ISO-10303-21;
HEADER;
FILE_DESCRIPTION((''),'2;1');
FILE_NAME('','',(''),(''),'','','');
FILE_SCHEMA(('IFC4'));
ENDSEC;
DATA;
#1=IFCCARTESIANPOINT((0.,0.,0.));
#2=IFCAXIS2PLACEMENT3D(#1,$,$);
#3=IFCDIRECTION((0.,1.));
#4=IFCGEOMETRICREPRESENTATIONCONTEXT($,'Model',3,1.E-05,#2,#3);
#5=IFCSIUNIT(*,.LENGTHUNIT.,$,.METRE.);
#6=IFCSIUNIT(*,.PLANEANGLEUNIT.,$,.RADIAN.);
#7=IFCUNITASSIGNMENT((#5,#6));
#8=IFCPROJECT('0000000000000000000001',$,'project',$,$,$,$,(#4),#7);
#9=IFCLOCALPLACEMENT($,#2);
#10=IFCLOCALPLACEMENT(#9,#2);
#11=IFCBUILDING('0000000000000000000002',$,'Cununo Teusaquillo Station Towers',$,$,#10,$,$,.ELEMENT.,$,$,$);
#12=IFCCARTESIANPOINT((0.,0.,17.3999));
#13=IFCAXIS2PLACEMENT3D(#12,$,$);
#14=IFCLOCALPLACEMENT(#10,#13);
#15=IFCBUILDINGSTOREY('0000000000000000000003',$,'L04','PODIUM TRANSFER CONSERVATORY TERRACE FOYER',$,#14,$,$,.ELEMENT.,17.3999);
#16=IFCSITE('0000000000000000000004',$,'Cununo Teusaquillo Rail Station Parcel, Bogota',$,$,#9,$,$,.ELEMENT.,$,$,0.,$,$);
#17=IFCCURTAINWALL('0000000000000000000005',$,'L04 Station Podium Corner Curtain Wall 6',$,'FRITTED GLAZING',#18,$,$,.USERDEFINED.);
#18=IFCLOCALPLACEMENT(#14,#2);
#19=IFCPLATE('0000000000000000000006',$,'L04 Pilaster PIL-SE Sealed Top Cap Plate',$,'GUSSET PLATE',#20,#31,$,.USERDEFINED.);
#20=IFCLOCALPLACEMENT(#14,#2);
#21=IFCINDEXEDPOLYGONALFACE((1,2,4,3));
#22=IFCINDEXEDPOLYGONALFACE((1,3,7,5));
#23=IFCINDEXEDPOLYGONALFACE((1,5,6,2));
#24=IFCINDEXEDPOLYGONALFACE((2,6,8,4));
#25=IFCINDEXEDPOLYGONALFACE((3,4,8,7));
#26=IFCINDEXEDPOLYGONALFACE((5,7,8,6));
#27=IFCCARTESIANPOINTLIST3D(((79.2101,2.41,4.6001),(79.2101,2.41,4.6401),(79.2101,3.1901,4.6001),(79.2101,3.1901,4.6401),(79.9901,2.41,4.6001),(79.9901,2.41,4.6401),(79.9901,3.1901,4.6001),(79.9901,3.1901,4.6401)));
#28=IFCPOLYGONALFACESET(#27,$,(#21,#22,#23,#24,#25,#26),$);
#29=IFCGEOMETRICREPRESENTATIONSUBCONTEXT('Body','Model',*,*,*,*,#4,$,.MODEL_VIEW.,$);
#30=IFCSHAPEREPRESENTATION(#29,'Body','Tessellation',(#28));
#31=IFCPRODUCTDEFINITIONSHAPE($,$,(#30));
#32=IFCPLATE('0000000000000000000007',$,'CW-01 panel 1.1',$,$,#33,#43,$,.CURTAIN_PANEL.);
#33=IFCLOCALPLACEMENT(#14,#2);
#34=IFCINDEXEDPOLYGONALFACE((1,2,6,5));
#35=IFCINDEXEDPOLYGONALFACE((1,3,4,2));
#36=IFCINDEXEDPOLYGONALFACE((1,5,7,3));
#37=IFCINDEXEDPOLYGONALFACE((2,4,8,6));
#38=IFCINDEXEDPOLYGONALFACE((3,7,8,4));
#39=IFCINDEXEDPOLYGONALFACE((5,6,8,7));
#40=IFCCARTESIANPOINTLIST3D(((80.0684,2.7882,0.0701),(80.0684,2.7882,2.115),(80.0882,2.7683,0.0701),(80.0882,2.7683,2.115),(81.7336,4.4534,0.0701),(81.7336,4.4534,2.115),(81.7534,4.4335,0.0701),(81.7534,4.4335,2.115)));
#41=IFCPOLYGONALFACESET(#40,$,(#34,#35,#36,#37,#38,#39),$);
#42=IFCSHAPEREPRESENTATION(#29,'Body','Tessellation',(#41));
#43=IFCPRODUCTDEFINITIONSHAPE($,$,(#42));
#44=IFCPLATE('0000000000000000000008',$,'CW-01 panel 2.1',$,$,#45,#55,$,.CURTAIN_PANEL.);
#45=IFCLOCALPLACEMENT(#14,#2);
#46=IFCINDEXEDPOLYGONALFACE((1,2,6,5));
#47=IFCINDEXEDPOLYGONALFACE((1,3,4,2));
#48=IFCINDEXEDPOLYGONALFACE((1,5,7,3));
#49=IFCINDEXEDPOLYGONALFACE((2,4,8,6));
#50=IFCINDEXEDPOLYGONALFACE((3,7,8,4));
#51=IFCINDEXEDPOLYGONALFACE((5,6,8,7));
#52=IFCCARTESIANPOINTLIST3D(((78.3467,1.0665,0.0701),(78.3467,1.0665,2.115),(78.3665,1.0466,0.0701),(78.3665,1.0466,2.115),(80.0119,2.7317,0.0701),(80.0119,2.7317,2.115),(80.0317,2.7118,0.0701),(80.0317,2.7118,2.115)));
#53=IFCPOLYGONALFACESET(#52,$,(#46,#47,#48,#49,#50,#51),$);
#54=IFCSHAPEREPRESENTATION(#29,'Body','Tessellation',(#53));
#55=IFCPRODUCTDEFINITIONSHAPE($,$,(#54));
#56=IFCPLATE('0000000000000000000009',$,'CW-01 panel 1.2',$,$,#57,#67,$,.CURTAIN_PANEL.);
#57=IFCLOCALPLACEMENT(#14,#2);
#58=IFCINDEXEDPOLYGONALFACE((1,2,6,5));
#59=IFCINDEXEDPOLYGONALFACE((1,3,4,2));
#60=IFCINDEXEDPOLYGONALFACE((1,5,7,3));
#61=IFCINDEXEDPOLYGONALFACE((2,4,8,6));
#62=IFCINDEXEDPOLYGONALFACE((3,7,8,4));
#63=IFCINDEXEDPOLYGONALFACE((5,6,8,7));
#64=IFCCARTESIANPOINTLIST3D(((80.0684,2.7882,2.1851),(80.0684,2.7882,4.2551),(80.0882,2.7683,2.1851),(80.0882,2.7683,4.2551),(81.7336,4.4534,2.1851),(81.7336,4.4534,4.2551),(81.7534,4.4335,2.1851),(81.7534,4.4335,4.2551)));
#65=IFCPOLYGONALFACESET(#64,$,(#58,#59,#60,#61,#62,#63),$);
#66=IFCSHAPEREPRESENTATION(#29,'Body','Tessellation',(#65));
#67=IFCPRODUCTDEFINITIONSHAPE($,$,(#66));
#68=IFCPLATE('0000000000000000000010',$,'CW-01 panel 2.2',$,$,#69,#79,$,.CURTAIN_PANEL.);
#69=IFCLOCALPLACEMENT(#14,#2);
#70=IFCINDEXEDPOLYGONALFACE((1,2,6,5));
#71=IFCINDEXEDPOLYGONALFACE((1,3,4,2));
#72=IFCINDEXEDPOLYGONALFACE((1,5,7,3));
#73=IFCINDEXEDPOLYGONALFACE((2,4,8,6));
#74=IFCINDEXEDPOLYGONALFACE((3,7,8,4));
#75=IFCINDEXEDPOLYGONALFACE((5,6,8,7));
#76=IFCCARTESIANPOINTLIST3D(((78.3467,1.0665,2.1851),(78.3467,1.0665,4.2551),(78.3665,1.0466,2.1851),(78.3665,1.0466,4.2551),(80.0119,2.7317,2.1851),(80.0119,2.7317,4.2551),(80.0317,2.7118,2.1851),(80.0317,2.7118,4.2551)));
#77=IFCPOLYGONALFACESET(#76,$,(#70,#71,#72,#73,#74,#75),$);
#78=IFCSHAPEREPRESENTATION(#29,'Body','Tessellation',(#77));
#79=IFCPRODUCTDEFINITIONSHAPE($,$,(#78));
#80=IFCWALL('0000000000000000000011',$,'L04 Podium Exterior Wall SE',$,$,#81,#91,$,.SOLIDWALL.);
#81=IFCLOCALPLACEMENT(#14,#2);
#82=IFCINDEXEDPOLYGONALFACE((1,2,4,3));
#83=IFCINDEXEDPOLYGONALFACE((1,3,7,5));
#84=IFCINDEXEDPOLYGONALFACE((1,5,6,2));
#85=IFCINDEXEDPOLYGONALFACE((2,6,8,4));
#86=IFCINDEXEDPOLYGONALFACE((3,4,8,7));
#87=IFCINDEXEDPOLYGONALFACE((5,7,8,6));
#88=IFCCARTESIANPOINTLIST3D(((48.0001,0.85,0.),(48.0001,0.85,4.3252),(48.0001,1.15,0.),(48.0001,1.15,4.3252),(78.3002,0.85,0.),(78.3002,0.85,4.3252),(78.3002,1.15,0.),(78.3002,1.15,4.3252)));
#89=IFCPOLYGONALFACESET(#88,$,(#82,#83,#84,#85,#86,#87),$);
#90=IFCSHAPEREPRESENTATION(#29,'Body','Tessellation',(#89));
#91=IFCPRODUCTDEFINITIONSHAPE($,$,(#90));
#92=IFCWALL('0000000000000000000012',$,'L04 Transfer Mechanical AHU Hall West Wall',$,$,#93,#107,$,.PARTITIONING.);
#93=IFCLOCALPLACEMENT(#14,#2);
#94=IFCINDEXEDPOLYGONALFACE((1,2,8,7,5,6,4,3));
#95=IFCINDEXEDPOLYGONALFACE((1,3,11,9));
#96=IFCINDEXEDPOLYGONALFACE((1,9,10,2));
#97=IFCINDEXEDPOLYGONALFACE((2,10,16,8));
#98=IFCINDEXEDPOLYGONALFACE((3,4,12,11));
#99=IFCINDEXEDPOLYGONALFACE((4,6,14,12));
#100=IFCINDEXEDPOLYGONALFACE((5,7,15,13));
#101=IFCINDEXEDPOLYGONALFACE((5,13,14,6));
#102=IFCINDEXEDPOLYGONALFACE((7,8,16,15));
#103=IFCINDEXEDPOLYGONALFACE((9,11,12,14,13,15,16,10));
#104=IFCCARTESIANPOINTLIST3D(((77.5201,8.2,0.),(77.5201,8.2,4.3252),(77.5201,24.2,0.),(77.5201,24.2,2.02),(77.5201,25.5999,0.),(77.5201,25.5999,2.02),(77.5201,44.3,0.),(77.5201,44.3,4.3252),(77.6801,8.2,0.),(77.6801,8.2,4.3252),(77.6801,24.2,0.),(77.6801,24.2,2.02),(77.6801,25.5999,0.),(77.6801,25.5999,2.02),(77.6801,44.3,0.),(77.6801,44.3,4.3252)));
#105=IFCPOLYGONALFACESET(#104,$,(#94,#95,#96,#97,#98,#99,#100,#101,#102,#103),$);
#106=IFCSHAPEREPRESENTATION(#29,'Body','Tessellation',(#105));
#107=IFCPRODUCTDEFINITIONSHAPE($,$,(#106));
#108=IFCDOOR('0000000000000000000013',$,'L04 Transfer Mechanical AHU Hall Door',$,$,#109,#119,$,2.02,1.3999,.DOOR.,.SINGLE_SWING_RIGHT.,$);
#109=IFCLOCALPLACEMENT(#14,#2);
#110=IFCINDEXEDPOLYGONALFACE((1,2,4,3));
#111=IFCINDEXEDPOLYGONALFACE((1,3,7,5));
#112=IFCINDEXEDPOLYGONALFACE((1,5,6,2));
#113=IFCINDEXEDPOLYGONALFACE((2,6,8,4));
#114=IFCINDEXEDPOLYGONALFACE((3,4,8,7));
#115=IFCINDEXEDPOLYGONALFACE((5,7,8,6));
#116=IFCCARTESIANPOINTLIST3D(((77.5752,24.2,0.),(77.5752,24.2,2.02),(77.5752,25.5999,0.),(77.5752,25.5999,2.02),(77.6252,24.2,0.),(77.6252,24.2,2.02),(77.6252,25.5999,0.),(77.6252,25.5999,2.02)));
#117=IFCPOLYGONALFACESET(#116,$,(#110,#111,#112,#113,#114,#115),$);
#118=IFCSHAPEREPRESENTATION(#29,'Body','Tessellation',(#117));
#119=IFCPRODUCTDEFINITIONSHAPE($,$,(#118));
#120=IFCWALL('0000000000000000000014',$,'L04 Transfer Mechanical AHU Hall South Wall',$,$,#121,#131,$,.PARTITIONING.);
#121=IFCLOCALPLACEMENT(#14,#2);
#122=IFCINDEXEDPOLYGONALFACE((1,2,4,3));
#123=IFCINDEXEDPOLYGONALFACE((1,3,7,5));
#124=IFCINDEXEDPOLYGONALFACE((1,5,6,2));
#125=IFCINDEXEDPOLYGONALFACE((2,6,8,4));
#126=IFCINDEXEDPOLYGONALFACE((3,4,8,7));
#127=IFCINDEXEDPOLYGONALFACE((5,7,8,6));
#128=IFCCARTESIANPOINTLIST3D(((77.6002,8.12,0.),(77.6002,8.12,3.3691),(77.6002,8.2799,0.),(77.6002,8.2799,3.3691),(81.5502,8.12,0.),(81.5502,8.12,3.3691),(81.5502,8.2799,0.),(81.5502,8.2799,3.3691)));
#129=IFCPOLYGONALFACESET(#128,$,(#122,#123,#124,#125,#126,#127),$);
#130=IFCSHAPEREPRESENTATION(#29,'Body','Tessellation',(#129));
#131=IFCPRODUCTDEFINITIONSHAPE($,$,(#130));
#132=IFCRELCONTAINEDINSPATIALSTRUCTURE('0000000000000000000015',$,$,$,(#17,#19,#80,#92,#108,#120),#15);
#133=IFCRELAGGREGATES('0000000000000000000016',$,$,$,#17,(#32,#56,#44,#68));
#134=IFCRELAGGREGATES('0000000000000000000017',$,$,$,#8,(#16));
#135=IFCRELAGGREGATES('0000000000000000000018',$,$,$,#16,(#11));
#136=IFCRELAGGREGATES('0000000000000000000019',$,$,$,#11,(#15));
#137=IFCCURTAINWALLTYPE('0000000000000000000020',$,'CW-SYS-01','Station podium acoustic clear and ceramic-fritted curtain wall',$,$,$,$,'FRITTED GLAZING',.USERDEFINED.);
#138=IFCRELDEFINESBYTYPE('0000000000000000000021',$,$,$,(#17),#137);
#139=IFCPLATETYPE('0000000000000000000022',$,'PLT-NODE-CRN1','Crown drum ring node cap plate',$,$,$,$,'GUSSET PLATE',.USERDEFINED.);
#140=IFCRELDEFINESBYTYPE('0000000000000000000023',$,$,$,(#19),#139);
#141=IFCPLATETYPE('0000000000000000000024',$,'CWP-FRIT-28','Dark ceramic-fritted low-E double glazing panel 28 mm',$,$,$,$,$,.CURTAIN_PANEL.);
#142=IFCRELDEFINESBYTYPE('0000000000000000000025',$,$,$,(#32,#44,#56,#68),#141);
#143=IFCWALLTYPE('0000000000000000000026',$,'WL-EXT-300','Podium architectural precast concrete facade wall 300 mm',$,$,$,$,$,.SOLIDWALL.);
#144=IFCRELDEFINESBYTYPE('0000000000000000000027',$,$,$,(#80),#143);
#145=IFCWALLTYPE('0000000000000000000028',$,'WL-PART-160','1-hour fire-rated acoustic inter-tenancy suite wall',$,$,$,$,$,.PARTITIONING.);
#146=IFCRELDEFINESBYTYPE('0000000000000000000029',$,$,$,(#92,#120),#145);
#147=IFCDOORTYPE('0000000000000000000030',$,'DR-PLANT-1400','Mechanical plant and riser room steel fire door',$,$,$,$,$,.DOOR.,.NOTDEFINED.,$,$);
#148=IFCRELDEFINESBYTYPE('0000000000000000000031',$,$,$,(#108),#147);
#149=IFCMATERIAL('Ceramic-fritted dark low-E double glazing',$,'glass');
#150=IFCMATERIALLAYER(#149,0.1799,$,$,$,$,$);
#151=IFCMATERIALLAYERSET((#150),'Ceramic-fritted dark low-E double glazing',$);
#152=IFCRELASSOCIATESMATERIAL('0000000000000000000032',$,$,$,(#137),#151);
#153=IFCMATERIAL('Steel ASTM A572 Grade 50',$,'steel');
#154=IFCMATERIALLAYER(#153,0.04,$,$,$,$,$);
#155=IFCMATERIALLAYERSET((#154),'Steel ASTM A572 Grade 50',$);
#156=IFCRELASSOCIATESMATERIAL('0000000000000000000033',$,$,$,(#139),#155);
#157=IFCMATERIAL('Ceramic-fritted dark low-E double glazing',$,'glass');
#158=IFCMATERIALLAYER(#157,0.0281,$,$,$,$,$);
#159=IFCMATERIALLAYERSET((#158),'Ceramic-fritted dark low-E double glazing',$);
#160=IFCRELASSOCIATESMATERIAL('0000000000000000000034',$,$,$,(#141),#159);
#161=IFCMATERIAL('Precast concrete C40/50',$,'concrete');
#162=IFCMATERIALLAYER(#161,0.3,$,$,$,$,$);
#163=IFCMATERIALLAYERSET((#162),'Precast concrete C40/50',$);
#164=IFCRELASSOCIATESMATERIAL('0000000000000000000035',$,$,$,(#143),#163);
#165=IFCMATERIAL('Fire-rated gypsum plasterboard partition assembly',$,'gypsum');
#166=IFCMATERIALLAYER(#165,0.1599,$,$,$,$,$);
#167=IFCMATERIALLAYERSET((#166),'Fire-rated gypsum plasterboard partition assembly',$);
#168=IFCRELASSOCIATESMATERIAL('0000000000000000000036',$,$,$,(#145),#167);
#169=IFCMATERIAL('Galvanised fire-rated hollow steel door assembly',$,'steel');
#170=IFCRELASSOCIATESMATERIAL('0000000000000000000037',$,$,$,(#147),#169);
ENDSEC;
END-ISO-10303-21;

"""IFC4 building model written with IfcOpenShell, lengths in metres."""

from ifc_helpers import new_model, si_unit, direction, frame, frame_2d, origin, origin_2d, place, context, subcontext, project, spatial, rectangle, extrude, source, transform, mapped, material, layer, layer_set, type_object, element, fill, aggregate, save


model = new_model("IFC4")

# Units and contexts
model_context = context("Model", 3, precision=1e-05, world=origin(), true_north=direction((0.0, 1.0)))
body_context = subcontext(model_context, "Body", "Model", "MODEL_VIEW")
ifc_project = project(units=[si_unit("LENGTHUNIT", "METRE"), si_unit("PLANEANGLEUNIT", "RADIAN")], contexts=[model_context])

# Site, building, storey
site_placement = place(None, origin())
site = spatial("IfcSite", under=ifc_project, at=site_placement, Name="Cununo Teusaquillo Rail Station Parcel, Bogota", CompositionType="ELEMENT", RefElevation=0.0)
building_placement = place(site_placement, origin())
building = spatial("IfcBuilding", under=site, at=building_placement, Name="Cununo Teusaquillo Station Towers", CompositionType="ELEMENT")
storey_placement = place(building_placement, frame((0.0, 0.0, 17.3999)))
storey = spatial("IfcBuildingStorey", under=building, at=storey_placement, Name="L04", Description="PODIUM TRANSFER CONSERVATORY TERRACE FOYER", CompositionType="ELEMENT", Elevation=17.3999)

# Curtain wall
ifc_material_1 = material(Name="Ceramic-fritted dark low-E double glazing", Category="glass")
ifc_layer_1 = layer(ifc_material_1, 0.1799)
ifc_layer_set_1 = layer_set([ifc_layer_1], Name="Ceramic-fritted dark low-E double glazing")
curtain_wall_type = type_object("IfcCurtainWallType", Name="CW-SYS-01", Description="Station podium acoustic clear and ceramic-fritted curtain wall", ElementType="FRITTED GLAZING", PredefinedType="USERDEFINED", material=ifc_layer_set_1)
curtain_wall_placement = place(storey_placement, origin())
curtain_wall = element("IfcCurtainWall", 1, at=curtain_wall_placement, inside=storey, type_object=curtain_wall_type, Name="L04 Station Podium Corner Curtain Wall 6", ObjectType="FRITTED GLAZING", PredefinedType="USERDEFINED")

# Plate
ifc_material_2 = material(Name="Steel ASTM A572 Grade 50", Category="steel")
ifc_layer_2 = layer(ifc_material_2, 0.04)
ifc_layer_set_2 = layer_set([ifc_layer_2], Name="Steel ASTM A572 Grade 50")
plate_type_1 = type_object("IfcPlateType", Name="PLT-NODE-CRN1", Description="Crown drum ring node cap plate", ElementType="GUSSET PLATE", PredefinedType="USERDEFINED", material=ifc_layer_set_2)
shared_shape_1 = source(origin(), body_context, "Body", "SweptSolid", [
    extrude(rectangle(XDim=0.78, YDim=0.78, at=origin_2d()), origin(), (0.0, 0.0, 1.0), 0.04),
])
plate_1_placement = place(storey_placement, frame((79.6001, 2.8, 4.6001), z_axis=(0.0, 0.0, 1.0), x_axis=(1.0, 0.0, 0.0)))
element("IfcPlate", 2, at=plate_1_placement, inside=storey, type_object=plate_type_1, Name="L04 Pilaster PIL-SE Sealed Top Cap Plate", ObjectType="GUSSET PLATE", PredefinedType="USERDEFINED", context=body_context, shape_type="MappedRepresentation", body=[
    mapped(shared_shape_1, transform((0.0, 0.0, 0.0), x_axis=(1.0, 0.0, 0.0), y_axis=(0.0, 1.0, 0.0), z_axis=(0.0, 0.0, 1.0), scale=1.0)),
])

# Plates
ifc_material_3 = material(Name="Ceramic-fritted dark low-E double glazing", Category="glass")
ifc_layer_3 = layer(ifc_material_3, 0.0281)
ifc_layer_set_3 = layer_set([ifc_layer_3], Name="Ceramic-fritted dark low-E double glazing")
plate_type_2 = type_object("IfcPlateType", Name="CWP-FRIT-28", Description="Dark ceramic-fritted low-E double glazing panel 28 mm", PredefinedType="CURTAIN_PANEL", material=ifc_layer_set_3)
shared_shape_2 = source(origin(), body_context, "Body", "SweptSolid", [
    extrude(rectangle(XDim=2.355, YDim=0.0281, at=origin_2d()), origin(), (0.0, 0.0, 1.0), 2.0449),
])
plate_2_placement = place(storey_placement, frame((80.9109, 3.6108, 0.0701), z_axis=(0.0, 0.0, 1.0), x_axis=(-0.707107, -0.707107, 0.0)))
plate_2 = element("IfcPlate", 3, at=plate_2_placement, type_object=plate_type_2, Name="CW-01 panel 1.1", PredefinedType="CURTAIN_PANEL", context=body_context, shape_type="MappedRepresentation", body=[
    mapped(shared_shape_2, transform((0.0, 0.0, 0.0), x_axis=(1.0, 0.0, 0.0), y_axis=(0.0, 1.0, 0.0), z_axis=(0.0, 0.0, 1.0), scale=1.0)),
])
plate_3_placement = place(storey_placement, frame((79.1892, 1.8892, 0.0701), z_axis=(0.0, 0.0, 1.0), x_axis=(-0.707107, -0.707107, 0.0)))
plate_3 = element("IfcPlate", 4, at=plate_3_placement, type_object=plate_type_2, Name="CW-01 panel 2.1", PredefinedType="CURTAIN_PANEL", context=body_context, shape_type="MappedRepresentation", body=[
    mapped(shared_shape_2, transform((0.0, 0.0, 0.0), x_axis=(1.0, 0.0, 0.0), y_axis=(0.0, 1.0, 0.0), z_axis=(0.0, 0.0, 1.0), scale=1.0)),
])
shared_shape_3 = source(origin(), body_context, "Body", "SweptSolid", [
    extrude(rectangle(XDim=2.355, YDim=0.0281, at=origin_2d()), origin(), (0.0, 0.0, 1.0), 2.0701),
])
plate_4_placement = place(storey_placement, frame((80.9109, 3.6108, 2.1851), z_axis=(0.0, 0.0, 1.0), x_axis=(-0.707107, -0.707107, 0.0)))
plate_4 = element("IfcPlate", 5, at=plate_4_placement, type_object=plate_type_2, Name="CW-01 panel 1.2", PredefinedType="CURTAIN_PANEL", context=body_context, shape_type="MappedRepresentation", body=[
    mapped(shared_shape_3, transform((0.0, 0.0, 0.0), x_axis=(1.0, 0.0, 0.0), y_axis=(0.0, 1.0, 0.0), z_axis=(0.0, 0.0, 1.0), scale=1.0)),
])
plate_5_placement = place(storey_placement, frame((79.1892, 1.8892, 2.1851), z_axis=(0.0, 0.0, 1.0), x_axis=(-0.707107, -0.707107, 0.0)))
plate_5 = element("IfcPlate", 6, at=plate_5_placement, type_object=plate_type_2, Name="CW-01 panel 2.2", PredefinedType="CURTAIN_PANEL", context=body_context, shape_type="MappedRepresentation", body=[
    mapped(shared_shape_3, transform((0.0, 0.0, 0.0), x_axis=(1.0, 0.0, 0.0), y_axis=(0.0, 1.0, 0.0), z_axis=(0.0, 0.0, 1.0), scale=1.0)),
])
aggregate(curtain_wall, [plate_2, plate_4, plate_3, plate_5])

# Wall
ifc_material_4 = material(Name="Precast concrete C40/50", Category="concrete")
ifc_layer_4 = layer(ifc_material_4, 0.3)
ifc_layer_set_4 = layer_set([ifc_layer_4], Name="Precast concrete C40/50")
wall_type_1 = type_object("IfcWallType", Name="WL-EXT-300", Description="Podium architectural precast concrete facade wall 300 mm", PredefinedType="SOLIDWALL", material=ifc_layer_set_4)
wall_1_placement = place(storey_placement, frame((78.3, 1.0, 0.0), z_axis=(0.0, 0.0, 1.0), x_axis=(-1.0, 0.0, 0.0)))
element("IfcWall", 7, at=wall_1_placement, inside=storey, type_object=wall_type_1, Name="L04 Podium Exterior Wall SE", PredefinedType="SOLIDWALL", context=body_context, shape_type="SweptSolid", body=[
    extrude(rectangle(XDim=30.3, YDim=0.3, at=frame_2d((15.1499, 0.0))), origin(), (0.0, 0.0, 1.0), 4.3252),
])

# Wall, opening, door
ifc_material_5 = material(Name="Fire-rated gypsum plasterboard partition assembly", Category="gypsum")
ifc_layer_5 = layer(ifc_material_5, 0.1599)
ifc_layer_set_5 = layer_set([ifc_layer_5], Name="Fire-rated gypsum plasterboard partition assembly")
wall_type_2 = type_object("IfcWallType", Name="WL-PART-160", Description="1-hour fire-rated acoustic inter-tenancy suite wall", PredefinedType="PARTITIONING", material=ifc_layer_set_5)
wall_2_placement = place(storey_placement, frame((77.6001, 8.2, 0.0), z_axis=(0.0, 0.0, 1.0), x_axis=(0.0, 1.0, 0.0)))
wall_2 = element("IfcWall", 8, at=wall_2_placement, inside=storey, type_object=wall_type_2, Name="L04 Transfer Mechanical AHU Hall West Wall", PredefinedType="PARTITIONING", context=body_context, shape_type="SweptSolid", body=[
    extrude(rectangle(XDim=36.1001, YDim=0.1599, at=frame_2d((18.05, 0.0))), origin(), (0.0, 0.0, 1.0), 4.3252),
])
shared_shape_4 = source(origin(), body_context, "Body", "SweptSolid", [
    extrude(rectangle(XDim=1.3999, YDim=2.02, at=frame_2d((0.7, 1.01))), frame((0.0, 0.0898, 0.0), z_axis=(0.0, -1.0, 0.0), x_axis=(1.0, 0.0, 0.0)), (0.0, 0.0, 1.0), 0.1799),
])
opening_placement = place(wall_2_placement, frame((16.0, 0.0, 0.0)))
opening = element("IfcOpeningElement", 9, at=opening_placement, cuts=wall_2, PredefinedType="OPENING", context=body_context, shape_type="MappedRepresentation", body=[
    mapped(shared_shape_4, transform((0.0, 0.0, 0.0), x_axis=(1.0, 0.0, 0.0), y_axis=(0.0, 1.0, 0.0), z_axis=(0.0, 0.0, 1.0), scale=1.0)),
])
ifc_material_6 = material(Name="Galvanised fire-rated hollow steel door assembly", Category="steel")
door_type = type_object("IfcDoorType", Name="DR-PLANT-1400", Description="Mechanical plant and riser room steel fire door", OperationType="NOTDEFINED", PredefinedType="DOOR", material=ifc_material_6)
shared_shape_5 = source(origin(), body_context, "Body", "SweptSolid", [
    extrude(rectangle(XDim=1.3999, YDim=2.02, at=frame_2d((0.7, 1.01))), frame((0.0, 0.0249, 0.0), z_axis=(0.0, -1.0, 0.0), x_axis=(1.0, 0.0, 0.0)), (0.0, 0.0, 1.0), 0.05),
])
door_placement = place(opening_placement, origin())
door = element("IfcDoor", 10, at=door_placement, inside=storey, type_object=door_type, Name="L04 Transfer Mechanical AHU Hall Door", OperationType="SINGLE_SWING_RIGHT", OverallHeight=2.02, OverallWidth=1.3999, PredefinedType="DOOR", context=body_context, shape_type="MappedRepresentation", body=[
    mapped(shared_shape_5, transform((0.0, 0.0, 0.0), x_axis=(1.0, 0.0, 0.0), y_axis=(0.0, 1.0, 0.0), z_axis=(0.0, 0.0, 1.0), scale=1.0)),
])
fill(opening, door)

# Wall
wall_3_placement = place(storey_placement, frame((77.6001, 8.2, 0.0), z_axis=(0.0, 0.0, 1.0), x_axis=(1.0, 0.0, 0.0)))
element("IfcWall", 11, at=wall_3_placement, inside=storey, type_object=wall_type_2, Name="L04 Transfer Mechanical AHU Hall South Wall", PredefinedType="PARTITIONING", context=body_context, shape_type="SweptSolid", body=[
    extrude(rectangle(XDim=3.95, YDim=0.1599, at=frame_2d((1.9751, 0.0))), origin(), (0.0, 0.0, 1.0), 3.3691),
])

save(model, "model.ifc")
